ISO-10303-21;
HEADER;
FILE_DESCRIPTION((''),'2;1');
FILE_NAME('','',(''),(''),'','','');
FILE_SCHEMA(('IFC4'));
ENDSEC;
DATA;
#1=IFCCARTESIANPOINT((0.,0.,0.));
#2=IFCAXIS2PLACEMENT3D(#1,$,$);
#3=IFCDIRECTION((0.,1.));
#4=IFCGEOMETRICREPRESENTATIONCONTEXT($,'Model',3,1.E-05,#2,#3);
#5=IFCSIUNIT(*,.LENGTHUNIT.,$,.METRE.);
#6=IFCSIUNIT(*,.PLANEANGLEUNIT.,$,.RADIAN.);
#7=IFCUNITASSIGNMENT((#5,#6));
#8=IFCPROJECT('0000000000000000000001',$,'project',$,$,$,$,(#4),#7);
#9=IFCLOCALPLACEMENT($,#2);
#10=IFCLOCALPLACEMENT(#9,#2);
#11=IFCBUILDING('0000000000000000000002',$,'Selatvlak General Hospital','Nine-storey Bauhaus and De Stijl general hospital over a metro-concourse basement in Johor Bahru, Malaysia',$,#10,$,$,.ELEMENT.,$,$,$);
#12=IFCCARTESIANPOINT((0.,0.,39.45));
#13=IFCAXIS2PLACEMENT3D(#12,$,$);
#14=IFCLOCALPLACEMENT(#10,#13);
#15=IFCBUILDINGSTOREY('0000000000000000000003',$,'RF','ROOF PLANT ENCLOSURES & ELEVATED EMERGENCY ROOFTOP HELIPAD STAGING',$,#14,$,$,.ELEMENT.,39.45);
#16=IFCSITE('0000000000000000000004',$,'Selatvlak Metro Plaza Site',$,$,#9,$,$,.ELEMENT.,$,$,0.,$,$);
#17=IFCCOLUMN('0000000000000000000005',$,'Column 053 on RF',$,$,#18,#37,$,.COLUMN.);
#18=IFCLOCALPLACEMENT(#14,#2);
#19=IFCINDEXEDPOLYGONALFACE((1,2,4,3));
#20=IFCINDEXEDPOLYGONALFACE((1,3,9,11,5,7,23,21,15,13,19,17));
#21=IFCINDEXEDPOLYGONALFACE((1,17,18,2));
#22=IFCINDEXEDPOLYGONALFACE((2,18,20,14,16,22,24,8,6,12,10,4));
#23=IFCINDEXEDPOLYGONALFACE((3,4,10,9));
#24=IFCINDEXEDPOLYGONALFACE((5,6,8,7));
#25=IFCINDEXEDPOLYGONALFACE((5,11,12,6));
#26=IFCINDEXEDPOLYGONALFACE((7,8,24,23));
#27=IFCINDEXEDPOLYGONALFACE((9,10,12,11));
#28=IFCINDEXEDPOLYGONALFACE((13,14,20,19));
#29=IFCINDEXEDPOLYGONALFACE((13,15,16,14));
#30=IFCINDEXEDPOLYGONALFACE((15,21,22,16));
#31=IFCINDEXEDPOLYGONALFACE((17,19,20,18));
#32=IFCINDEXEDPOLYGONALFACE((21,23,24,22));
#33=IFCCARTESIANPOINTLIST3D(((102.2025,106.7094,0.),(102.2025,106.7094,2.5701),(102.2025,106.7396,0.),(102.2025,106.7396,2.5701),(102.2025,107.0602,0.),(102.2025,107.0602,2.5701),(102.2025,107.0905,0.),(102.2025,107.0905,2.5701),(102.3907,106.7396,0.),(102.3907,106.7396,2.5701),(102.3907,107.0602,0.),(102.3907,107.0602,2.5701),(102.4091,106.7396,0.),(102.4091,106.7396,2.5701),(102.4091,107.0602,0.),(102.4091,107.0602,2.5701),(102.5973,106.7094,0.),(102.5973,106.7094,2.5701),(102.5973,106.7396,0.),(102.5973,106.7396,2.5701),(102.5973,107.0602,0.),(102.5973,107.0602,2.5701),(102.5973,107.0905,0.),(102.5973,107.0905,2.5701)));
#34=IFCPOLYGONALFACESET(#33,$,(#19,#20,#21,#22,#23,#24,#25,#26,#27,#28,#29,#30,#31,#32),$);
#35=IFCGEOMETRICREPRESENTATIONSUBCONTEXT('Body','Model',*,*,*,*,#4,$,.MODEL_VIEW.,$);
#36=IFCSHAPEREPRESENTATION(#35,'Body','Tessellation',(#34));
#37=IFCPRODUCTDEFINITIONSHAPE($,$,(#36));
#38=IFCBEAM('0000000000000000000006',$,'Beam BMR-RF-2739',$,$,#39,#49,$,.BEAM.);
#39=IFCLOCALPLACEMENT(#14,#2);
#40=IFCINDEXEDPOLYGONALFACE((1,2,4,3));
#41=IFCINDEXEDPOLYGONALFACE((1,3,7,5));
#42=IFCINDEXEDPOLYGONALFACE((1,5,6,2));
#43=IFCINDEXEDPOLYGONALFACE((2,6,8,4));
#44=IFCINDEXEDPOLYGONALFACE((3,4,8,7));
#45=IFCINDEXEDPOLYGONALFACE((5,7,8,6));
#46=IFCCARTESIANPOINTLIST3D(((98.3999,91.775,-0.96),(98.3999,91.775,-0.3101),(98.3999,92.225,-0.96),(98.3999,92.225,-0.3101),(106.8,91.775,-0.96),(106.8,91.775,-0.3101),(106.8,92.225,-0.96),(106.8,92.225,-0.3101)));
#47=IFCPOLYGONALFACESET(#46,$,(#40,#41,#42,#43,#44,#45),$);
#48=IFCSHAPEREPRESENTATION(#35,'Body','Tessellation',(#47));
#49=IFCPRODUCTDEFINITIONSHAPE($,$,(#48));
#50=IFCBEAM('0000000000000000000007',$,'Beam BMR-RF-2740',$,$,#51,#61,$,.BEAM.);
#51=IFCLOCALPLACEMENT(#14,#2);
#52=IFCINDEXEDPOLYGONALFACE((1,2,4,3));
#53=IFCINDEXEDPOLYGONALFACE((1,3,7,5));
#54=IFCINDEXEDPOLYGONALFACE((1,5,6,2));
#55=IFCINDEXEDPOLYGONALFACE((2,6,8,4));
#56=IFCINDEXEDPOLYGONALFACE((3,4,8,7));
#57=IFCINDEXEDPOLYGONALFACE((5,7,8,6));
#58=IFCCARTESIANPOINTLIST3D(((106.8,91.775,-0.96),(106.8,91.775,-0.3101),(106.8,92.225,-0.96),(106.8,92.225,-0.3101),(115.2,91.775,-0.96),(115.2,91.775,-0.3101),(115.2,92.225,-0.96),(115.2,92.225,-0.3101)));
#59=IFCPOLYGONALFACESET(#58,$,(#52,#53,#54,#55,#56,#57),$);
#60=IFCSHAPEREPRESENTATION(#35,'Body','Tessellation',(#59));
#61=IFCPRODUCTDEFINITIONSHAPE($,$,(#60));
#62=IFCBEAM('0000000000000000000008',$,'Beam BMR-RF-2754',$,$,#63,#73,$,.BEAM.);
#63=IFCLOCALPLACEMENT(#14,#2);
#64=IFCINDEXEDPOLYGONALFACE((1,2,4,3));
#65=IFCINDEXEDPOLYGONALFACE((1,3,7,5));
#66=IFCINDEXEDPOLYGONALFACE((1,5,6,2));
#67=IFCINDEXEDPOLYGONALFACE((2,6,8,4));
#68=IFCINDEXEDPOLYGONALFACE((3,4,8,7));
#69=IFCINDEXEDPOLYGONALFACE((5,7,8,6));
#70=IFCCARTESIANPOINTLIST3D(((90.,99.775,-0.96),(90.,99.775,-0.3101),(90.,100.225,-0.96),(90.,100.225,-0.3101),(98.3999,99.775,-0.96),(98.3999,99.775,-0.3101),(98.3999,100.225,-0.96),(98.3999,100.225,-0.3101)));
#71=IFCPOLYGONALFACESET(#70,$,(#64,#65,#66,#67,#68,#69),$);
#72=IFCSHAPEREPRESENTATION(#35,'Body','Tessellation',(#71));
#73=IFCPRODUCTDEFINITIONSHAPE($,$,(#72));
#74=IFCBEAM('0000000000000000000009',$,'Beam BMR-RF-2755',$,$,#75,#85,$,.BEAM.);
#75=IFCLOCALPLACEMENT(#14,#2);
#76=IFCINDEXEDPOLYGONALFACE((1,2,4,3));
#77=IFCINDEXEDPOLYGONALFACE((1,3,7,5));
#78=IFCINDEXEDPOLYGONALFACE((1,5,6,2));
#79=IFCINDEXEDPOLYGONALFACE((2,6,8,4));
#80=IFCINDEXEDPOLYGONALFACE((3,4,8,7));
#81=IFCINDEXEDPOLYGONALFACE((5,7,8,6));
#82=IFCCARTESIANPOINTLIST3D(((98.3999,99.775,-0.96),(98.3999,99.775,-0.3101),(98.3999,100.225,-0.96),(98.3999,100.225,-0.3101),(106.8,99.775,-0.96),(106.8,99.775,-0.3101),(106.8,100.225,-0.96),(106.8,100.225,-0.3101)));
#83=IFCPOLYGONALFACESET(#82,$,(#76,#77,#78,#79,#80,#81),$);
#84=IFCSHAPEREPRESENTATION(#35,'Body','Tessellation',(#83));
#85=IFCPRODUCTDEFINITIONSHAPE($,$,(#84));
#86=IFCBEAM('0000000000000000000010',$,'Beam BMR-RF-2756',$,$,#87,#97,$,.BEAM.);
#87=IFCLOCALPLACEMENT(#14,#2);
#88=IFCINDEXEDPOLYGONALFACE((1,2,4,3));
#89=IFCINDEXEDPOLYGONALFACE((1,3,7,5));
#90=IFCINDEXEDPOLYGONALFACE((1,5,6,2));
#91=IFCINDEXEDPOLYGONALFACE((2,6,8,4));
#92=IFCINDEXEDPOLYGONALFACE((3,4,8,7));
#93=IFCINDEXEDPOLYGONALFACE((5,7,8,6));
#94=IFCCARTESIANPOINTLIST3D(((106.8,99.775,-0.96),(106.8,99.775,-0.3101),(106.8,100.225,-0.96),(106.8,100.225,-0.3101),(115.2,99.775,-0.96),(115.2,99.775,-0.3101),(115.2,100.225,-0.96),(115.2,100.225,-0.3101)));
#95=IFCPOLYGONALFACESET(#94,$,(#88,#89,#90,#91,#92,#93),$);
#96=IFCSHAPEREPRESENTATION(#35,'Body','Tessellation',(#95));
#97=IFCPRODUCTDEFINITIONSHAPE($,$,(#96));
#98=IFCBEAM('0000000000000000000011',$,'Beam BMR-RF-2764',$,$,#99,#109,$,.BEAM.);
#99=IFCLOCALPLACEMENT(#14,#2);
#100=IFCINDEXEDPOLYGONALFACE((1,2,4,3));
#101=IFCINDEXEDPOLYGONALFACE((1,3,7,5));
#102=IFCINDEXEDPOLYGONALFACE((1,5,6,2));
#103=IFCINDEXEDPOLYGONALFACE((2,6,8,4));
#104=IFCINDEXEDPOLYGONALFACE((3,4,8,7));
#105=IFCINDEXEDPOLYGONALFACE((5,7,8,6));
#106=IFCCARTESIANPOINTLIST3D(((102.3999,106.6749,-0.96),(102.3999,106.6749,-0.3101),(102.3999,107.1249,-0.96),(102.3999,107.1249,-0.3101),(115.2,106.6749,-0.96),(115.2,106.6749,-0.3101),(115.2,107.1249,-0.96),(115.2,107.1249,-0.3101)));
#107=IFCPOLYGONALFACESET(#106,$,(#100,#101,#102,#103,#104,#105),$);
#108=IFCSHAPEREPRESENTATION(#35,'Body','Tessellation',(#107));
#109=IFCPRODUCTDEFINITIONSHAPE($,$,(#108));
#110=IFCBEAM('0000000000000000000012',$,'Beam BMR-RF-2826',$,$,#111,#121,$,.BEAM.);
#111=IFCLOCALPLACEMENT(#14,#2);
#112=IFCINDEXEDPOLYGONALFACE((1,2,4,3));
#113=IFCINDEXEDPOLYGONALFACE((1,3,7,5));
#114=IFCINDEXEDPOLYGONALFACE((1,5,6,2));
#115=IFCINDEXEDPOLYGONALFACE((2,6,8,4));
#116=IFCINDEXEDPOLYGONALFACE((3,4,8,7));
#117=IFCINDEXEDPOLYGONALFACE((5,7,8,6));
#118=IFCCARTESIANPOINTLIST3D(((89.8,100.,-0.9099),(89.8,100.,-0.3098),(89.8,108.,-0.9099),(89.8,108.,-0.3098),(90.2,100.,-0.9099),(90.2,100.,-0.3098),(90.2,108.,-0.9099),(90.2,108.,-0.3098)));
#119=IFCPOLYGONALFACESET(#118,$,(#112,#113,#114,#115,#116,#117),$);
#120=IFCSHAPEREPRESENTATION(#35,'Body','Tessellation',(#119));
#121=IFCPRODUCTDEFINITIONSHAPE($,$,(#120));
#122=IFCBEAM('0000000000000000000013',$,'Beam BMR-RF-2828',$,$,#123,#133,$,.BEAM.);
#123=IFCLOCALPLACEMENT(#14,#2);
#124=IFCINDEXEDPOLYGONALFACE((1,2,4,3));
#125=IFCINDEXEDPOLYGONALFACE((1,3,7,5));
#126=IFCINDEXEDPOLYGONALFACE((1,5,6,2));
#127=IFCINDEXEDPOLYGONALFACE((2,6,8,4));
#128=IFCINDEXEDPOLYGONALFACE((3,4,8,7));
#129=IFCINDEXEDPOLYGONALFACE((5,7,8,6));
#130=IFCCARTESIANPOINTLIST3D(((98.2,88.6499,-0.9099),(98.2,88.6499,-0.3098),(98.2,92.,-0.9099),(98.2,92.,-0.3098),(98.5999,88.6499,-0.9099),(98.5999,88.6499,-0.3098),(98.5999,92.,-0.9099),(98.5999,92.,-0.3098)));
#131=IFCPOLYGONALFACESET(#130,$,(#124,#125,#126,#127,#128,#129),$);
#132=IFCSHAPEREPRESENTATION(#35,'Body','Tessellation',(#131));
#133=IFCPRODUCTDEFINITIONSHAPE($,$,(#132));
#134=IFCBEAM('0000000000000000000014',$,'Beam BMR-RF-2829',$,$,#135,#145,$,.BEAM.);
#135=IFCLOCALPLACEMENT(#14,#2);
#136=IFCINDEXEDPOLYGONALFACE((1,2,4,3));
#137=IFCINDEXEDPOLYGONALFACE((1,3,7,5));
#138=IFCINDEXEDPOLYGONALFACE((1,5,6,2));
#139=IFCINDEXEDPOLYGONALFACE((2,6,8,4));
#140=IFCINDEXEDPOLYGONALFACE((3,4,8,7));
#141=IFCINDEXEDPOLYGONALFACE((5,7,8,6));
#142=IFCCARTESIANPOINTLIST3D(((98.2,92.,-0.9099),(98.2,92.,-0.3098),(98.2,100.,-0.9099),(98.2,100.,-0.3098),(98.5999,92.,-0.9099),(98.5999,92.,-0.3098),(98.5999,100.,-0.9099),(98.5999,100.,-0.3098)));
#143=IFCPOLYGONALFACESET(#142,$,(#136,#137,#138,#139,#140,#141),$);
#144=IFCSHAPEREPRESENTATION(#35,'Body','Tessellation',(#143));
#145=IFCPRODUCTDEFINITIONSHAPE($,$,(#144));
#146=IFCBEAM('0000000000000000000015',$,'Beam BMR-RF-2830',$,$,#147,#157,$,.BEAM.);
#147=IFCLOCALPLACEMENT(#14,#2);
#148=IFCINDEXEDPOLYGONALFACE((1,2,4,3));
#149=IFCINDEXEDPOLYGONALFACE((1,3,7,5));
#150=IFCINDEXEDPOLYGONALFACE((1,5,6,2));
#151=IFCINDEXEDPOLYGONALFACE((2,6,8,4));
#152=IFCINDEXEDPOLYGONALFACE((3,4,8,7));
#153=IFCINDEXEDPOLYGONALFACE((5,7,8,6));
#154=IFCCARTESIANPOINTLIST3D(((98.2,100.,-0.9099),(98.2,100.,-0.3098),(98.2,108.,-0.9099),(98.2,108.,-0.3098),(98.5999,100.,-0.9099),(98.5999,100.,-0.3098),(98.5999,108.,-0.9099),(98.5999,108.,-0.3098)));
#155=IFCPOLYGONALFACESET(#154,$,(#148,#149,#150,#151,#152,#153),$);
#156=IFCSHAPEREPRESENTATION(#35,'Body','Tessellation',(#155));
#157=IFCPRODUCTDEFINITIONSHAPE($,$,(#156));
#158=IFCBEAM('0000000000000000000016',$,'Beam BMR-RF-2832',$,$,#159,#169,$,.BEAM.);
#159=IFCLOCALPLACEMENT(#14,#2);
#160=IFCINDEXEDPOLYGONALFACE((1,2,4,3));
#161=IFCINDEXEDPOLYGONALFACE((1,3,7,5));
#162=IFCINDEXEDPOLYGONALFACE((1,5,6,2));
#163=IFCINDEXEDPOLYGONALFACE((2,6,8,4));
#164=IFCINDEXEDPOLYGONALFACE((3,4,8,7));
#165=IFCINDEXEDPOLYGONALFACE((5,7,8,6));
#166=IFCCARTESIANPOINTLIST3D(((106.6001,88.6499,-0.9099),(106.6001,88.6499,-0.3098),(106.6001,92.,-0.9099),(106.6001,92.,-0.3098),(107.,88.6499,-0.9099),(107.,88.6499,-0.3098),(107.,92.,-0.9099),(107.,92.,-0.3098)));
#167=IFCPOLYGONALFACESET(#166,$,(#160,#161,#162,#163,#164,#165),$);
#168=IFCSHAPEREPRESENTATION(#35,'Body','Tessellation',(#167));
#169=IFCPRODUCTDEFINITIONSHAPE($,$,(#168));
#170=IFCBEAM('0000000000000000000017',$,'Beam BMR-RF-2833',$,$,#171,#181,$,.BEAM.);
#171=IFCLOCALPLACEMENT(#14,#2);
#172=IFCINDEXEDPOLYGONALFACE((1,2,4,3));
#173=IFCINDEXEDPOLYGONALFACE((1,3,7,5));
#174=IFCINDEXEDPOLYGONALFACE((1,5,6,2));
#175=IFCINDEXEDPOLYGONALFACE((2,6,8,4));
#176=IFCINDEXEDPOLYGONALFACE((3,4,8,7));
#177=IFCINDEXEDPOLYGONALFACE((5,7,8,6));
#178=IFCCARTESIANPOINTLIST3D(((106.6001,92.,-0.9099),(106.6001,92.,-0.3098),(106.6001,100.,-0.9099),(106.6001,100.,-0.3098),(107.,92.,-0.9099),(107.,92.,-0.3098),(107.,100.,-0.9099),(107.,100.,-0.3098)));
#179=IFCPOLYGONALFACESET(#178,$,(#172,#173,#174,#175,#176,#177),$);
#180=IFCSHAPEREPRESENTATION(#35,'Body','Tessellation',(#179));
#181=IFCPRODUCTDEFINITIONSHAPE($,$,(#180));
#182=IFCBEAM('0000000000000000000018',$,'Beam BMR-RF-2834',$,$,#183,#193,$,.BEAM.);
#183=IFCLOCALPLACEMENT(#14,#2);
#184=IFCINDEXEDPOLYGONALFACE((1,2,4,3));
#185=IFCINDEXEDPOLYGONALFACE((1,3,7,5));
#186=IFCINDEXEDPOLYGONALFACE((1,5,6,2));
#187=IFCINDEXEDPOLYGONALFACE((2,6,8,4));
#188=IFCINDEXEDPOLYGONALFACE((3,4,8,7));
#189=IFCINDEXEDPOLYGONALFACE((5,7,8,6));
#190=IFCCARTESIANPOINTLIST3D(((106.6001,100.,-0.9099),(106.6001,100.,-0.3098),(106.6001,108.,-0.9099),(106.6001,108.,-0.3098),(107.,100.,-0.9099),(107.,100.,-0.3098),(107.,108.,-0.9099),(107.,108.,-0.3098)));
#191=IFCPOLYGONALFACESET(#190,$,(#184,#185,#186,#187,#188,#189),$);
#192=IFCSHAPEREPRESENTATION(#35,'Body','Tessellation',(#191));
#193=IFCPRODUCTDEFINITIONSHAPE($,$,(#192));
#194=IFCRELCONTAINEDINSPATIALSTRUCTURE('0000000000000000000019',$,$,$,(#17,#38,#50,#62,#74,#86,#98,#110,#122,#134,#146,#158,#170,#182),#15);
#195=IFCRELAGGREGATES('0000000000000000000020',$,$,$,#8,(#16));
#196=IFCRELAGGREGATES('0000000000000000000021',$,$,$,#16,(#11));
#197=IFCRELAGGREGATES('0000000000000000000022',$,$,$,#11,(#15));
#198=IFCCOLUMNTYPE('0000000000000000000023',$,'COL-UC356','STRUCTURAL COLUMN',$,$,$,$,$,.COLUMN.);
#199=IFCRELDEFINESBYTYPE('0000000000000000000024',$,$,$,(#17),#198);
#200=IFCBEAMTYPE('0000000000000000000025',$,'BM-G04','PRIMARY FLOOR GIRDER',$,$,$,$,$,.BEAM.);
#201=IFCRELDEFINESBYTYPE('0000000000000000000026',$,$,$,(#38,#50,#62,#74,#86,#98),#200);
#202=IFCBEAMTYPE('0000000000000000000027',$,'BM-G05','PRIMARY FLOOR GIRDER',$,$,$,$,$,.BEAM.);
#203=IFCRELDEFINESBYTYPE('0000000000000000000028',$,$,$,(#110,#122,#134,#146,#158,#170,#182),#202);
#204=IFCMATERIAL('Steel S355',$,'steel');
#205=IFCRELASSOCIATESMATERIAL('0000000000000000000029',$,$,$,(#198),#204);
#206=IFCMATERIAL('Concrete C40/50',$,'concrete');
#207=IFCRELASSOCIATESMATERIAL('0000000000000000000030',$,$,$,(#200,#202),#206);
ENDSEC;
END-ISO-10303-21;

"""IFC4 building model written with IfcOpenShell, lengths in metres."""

from ifc_helpers import new_model, si_unit, direction, frame, origin, origin_2d, place, context, subcontext, project, spatial, rectangle, i_section, extrude, material, material_profile, profile_set, type_object, element, save


model = new_model("IFC4")

# Units and contexts
model_context = context("Model", 3, precision=1e-05, world=origin(), true_north=direction((0.0, 1.0)))
body_context = subcontext(model_context, "Body", "Model", "MODEL_VIEW")
ifc_project = project(units=[si_unit("LENGTHUNIT", "METRE"), si_unit("PLANEANGLEUNIT", "RADIAN")], contexts=[model_context])

# Site, building, storey
site_placement = place(None, origin())
site = spatial("IfcSite", under=ifc_project, at=site_placement, Name="Selatvlak Metro Plaza Site", CompositionType="ELEMENT", RefElevation=0.0)
building_placement = place(site_placement, origin())
building = spatial("IfcBuilding", under=site, at=building_placement, Name="Selatvlak General Hospital", Description="Nine-storey Bauhaus and De Stijl general hospital over a metro-concourse basement in Johor Bahru, Malaysia", CompositionType="ELEMENT")
storey_placement = place(building_placement, frame((0.0, 0.0, 39.45)))
storey = spatial("IfcBuildingStorey", under=building, at=storey_placement, Name="RF", Description="ROOF PLANT ENCLOSURES & ELEVATED EMERGENCY ROOFTOP HELIPAD STAGING", CompositionType="ELEMENT", Elevation=39.45)

# Column
ifc_material_1 = material(Name="Steel S355", Category="steel")
ifc_material_profile_1 = material_profile(ifc_material_1, i_section(OverallWidth=0.3948, OverallDepth=0.3811, WebThickness=0.0183, FlangeThickness=0.0303, at=origin_2d()), Name="UC 356x406x235")
ifc_profile_set_1 = profile_set([ifc_material_profile_1], Name="Steel S355")
column_type = type_object("IfcColumnType", Name="COL-UC356", Description="STRUCTURAL COLUMN", PredefinedType="COLUMN", material=ifc_profile_set_1)
column_placement = place(storey_placement, frame((102.3999, 106.8999, 0.0), z_axis=(0.0, 0.0, 1.0), x_axis=(1.0, 0.0, 0.0)))
element("IfcColumn", 1, at=column_placement, inside=storey, type_object=column_type, Name="Column 053 on RF", PredefinedType="COLUMN", context=body_context, shape_type="SweptSolid", body=[
    extrude(i_section(OverallWidth=0.3948, OverallDepth=0.3811, WebThickness=0.0183, FlangeThickness=0.0303, at=origin_2d()), origin(), (0.0, 0.0, 1.0), 2.5701),
])

# Beams
ifc_material_2 = material(Name="Concrete C40/50", Category="concrete")
ifc_material_profile_2 = material_profile(ifc_material_2, rectangle(XDim=0.45, YDim=0.6499, at=origin_2d()), Name="RC-BM 450x650")
ifc_profile_set_2 = profile_set([ifc_material_profile_2], Name="Concrete C40/50")
beam_type_1 = type_object("IfcBeamType", Name="BM-G04", Description="PRIMARY FLOOR GIRDER", PredefinedType="BEAM", material=ifc_profile_set_2)
beam_1_placement = place(storey_placement, frame((98.3999, 92.0, -0.635), z_axis=(1.0, 0.0, 0.0), x_axis=(0.0, 1.0, 0.0)))
element("IfcBeam", 2, at=beam_1_placement, inside=storey, type_object=beam_type_1, Name="Beam BMR-RF-2739", PredefinedType="BEAM", context=body_context, shape_type="SweptSolid", body=[
    extrude(rectangle(XDim=0.45, YDim=0.6499, at=origin_2d()), origin(), (0.0, 0.0, 1.0), 8.4001),
])
for number, where, z_axis, x_axis, name in (
    (3, (106.8, 92.0, -0.635), (1.0, 0.0, 0.0), (0.0, 1.0, 0.0), "Beam BMR-RF-2740"),
    (4, (90.0, 100.0, -0.635), (1.0, 0.0, 0.0), (0.0, 1.0, 0.0), "Beam BMR-RF-2754"),
):
    element("IfcBeam", number, at=place(storey_placement, frame(where, z_axis=z_axis, x_axis=x_axis)), inside=storey, type_object=beam_type_1, Name=name, PredefinedType="BEAM", context=body_context, shape_type="SweptSolid", body=[
        extrude(rectangle(XDim=0.45, YDim=0.6499, at=origin_2d()), origin(), (0.0, 0.0, 1.0), 8.3999),
    ])
beam_2_placement = place(storey_placement, frame((98.3999, 100.0, -0.635), z_axis=(1.0, 0.0, 0.0), x_axis=(0.0, 1.0, 0.0)))
element("IfcBeam", 5, at=beam_2_placement, inside=storey, type_object=beam_type_1, Name="Beam BMR-RF-2755", PredefinedType="BEAM", context=body_context, shape_type="SweptSolid", body=[
    extrude(rectangle(XDim=0.45, YDim=0.6499, at=origin_2d()), origin(), (0.0, 0.0, 1.0), 8.4001),
])
beam_3_placement = place(storey_placement, frame((106.8, 100.0, -0.635), z_axis=(1.0, 0.0, 0.0), x_axis=(0.0, 1.0, 0.0)))
element("IfcBeam", 6, at=beam_3_placement, inside=storey, type_object=beam_type_1, Name="Beam BMR-RF-2756", PredefinedType="BEAM", context=body_context, shape_type="SweptSolid", body=[
    extrude(rectangle(XDim=0.45, YDim=0.6499, at=origin_2d()), origin(), (0.0, 0.0, 1.0), 8.3999),
])
beam_4_placement = place(storey_placement, frame((102.3999, 106.8999, -0.635), z_axis=(1.0, 0.0, 0.0), x_axis=(0.0, 1.0, 0.0)))
element("IfcBeam", 7, at=beam_4_placement, inside=storey, type_object=beam_type_1, Name="Beam BMR-RF-2764", PredefinedType="BEAM", context=body_context, shape_type="SweptSolid", body=[
    extrude(rectangle(XDim=0.45, YDim=0.6499, at=origin_2d()), origin(), (0.0, 0.0, 1.0), 12.8),
])
ifc_material_profile_3 = material_profile(ifc_material_2, rectangle(XDim=0.3999, YDim=0.6001, at=origin_2d()), Name="RC-BM 400x600")
ifc_profile_set_3 = profile_set([ifc_material_profile_3], Name="Concrete C40/50")
beam_type_2 = type_object("IfcBeamType", Name="BM-G05", Description="PRIMARY FLOOR GIRDER", PredefinedType="BEAM", material=ifc_profile_set_3)
beam_5_placement = place(storey_placement, frame((90.0, 100.0, -0.6099), z_axis=(0.0, 1.0, 0.0), x_axis=(-1.0, 0.0, 0.0)))
element("IfcBeam", 8, at=beam_5_placement, inside=storey, type_object=beam_type_2, Name="Beam BMR-RF-2826", PredefinedType="BEAM", context=body_context, shape_type="SweptSolid", body=[
    extrude(rectangle(XDim=0.3999, YDim=0.6001, at=origin_2d()), origin(), (0.0, 0.0, 1.0), 8.0),
])
beam_6_placement = place(storey_placement, frame((98.3999, 88.6499, -0.6099), z_axis=(0.0, 1.0, 0.0), x_axis=(-1.0, 0.0, 0.0)))
element("IfcBeam", 9, at=beam_6_placement, inside=storey, type_object=beam_type_2, Name="Beam BMR-RF-2828", PredefinedType="BEAM", context=body_context, shape_type="SweptSolid", body=[
    extrude(rectangle(XDim=0.3999, YDim=0.6001, at=origin_2d()), origin(), (0.0, 0.0, 1.0), 3.3501),
])
for number, where, z_axis, x_axis, name in (
    (10, (98.3999, 92.0, -0.6099), (0.0, 1.0, 0.0), (-1.0, 0.0, 0.0), "Beam BMR-RF-2829"),
    (11, (98.3999, 100.0, -0.6099), (0.0, 1.0, 0.0), (-1.0, 0.0, 0.0), "Beam BMR-RF-2830"),
):
    element("IfcBeam", number, at=place(storey_placement, frame(where, z_axis=z_axis, x_axis=x_axis)), inside=storey, type_object=beam_type_2, Name=name, PredefinedType="BEAM", context=body_context, shape_type="SweptSolid", body=[
        extrude(rectangle(XDim=0.3999, YDim=0.6001, at=origin_2d()), origin(), (0.0, 0.0, 1.0), 8.0),
    ])
beam_7_placement = place(storey_placement, frame((106.8, 88.6499, -0.6099), z_axis=(0.0, 1.0, 0.0), x_axis=(-1.0, 0.0, 0.0)))
element("IfcBeam", 12, at=beam_7_placement, inside=storey, type_object=beam_type_2, Name="Beam BMR-RF-2832", PredefinedType="BEAM", context=body_context, shape_type="SweptSolid", body=[
    extrude(rectangle(XDim=0.3999, YDim=0.6001, at=origin_2d()), origin(), (0.0, 0.0, 1.0), 3.3501),
])
for number, where, z_axis, x_axis, name in (
    (13, (106.8, 92.0, -0.6099), (0.0, 1.0, 0.0), (-1.0, 0.0, 0.0), "Beam BMR-RF-2833"),
    (14, (106.8, 100.0, -0.6099), (0.0, 1.0, 0.0), (-1.0, 0.0, 0.0), "Beam BMR-RF-2834"),
):
    element("IfcBeam", number, at=place(storey_placement, frame(where, z_axis=z_axis, x_axis=x_axis)), inside=storey, type_object=beam_type_2, Name=name, PredefinedType="BEAM", context=body_context, shape_type="SweptSolid", body=[
        extrude(rectangle(XDim=0.3999, YDim=0.6001, at=origin_2d()), origin(), (0.0, 0.0, 1.0), 8.0),
    ])

save(model, "model.ifc")
